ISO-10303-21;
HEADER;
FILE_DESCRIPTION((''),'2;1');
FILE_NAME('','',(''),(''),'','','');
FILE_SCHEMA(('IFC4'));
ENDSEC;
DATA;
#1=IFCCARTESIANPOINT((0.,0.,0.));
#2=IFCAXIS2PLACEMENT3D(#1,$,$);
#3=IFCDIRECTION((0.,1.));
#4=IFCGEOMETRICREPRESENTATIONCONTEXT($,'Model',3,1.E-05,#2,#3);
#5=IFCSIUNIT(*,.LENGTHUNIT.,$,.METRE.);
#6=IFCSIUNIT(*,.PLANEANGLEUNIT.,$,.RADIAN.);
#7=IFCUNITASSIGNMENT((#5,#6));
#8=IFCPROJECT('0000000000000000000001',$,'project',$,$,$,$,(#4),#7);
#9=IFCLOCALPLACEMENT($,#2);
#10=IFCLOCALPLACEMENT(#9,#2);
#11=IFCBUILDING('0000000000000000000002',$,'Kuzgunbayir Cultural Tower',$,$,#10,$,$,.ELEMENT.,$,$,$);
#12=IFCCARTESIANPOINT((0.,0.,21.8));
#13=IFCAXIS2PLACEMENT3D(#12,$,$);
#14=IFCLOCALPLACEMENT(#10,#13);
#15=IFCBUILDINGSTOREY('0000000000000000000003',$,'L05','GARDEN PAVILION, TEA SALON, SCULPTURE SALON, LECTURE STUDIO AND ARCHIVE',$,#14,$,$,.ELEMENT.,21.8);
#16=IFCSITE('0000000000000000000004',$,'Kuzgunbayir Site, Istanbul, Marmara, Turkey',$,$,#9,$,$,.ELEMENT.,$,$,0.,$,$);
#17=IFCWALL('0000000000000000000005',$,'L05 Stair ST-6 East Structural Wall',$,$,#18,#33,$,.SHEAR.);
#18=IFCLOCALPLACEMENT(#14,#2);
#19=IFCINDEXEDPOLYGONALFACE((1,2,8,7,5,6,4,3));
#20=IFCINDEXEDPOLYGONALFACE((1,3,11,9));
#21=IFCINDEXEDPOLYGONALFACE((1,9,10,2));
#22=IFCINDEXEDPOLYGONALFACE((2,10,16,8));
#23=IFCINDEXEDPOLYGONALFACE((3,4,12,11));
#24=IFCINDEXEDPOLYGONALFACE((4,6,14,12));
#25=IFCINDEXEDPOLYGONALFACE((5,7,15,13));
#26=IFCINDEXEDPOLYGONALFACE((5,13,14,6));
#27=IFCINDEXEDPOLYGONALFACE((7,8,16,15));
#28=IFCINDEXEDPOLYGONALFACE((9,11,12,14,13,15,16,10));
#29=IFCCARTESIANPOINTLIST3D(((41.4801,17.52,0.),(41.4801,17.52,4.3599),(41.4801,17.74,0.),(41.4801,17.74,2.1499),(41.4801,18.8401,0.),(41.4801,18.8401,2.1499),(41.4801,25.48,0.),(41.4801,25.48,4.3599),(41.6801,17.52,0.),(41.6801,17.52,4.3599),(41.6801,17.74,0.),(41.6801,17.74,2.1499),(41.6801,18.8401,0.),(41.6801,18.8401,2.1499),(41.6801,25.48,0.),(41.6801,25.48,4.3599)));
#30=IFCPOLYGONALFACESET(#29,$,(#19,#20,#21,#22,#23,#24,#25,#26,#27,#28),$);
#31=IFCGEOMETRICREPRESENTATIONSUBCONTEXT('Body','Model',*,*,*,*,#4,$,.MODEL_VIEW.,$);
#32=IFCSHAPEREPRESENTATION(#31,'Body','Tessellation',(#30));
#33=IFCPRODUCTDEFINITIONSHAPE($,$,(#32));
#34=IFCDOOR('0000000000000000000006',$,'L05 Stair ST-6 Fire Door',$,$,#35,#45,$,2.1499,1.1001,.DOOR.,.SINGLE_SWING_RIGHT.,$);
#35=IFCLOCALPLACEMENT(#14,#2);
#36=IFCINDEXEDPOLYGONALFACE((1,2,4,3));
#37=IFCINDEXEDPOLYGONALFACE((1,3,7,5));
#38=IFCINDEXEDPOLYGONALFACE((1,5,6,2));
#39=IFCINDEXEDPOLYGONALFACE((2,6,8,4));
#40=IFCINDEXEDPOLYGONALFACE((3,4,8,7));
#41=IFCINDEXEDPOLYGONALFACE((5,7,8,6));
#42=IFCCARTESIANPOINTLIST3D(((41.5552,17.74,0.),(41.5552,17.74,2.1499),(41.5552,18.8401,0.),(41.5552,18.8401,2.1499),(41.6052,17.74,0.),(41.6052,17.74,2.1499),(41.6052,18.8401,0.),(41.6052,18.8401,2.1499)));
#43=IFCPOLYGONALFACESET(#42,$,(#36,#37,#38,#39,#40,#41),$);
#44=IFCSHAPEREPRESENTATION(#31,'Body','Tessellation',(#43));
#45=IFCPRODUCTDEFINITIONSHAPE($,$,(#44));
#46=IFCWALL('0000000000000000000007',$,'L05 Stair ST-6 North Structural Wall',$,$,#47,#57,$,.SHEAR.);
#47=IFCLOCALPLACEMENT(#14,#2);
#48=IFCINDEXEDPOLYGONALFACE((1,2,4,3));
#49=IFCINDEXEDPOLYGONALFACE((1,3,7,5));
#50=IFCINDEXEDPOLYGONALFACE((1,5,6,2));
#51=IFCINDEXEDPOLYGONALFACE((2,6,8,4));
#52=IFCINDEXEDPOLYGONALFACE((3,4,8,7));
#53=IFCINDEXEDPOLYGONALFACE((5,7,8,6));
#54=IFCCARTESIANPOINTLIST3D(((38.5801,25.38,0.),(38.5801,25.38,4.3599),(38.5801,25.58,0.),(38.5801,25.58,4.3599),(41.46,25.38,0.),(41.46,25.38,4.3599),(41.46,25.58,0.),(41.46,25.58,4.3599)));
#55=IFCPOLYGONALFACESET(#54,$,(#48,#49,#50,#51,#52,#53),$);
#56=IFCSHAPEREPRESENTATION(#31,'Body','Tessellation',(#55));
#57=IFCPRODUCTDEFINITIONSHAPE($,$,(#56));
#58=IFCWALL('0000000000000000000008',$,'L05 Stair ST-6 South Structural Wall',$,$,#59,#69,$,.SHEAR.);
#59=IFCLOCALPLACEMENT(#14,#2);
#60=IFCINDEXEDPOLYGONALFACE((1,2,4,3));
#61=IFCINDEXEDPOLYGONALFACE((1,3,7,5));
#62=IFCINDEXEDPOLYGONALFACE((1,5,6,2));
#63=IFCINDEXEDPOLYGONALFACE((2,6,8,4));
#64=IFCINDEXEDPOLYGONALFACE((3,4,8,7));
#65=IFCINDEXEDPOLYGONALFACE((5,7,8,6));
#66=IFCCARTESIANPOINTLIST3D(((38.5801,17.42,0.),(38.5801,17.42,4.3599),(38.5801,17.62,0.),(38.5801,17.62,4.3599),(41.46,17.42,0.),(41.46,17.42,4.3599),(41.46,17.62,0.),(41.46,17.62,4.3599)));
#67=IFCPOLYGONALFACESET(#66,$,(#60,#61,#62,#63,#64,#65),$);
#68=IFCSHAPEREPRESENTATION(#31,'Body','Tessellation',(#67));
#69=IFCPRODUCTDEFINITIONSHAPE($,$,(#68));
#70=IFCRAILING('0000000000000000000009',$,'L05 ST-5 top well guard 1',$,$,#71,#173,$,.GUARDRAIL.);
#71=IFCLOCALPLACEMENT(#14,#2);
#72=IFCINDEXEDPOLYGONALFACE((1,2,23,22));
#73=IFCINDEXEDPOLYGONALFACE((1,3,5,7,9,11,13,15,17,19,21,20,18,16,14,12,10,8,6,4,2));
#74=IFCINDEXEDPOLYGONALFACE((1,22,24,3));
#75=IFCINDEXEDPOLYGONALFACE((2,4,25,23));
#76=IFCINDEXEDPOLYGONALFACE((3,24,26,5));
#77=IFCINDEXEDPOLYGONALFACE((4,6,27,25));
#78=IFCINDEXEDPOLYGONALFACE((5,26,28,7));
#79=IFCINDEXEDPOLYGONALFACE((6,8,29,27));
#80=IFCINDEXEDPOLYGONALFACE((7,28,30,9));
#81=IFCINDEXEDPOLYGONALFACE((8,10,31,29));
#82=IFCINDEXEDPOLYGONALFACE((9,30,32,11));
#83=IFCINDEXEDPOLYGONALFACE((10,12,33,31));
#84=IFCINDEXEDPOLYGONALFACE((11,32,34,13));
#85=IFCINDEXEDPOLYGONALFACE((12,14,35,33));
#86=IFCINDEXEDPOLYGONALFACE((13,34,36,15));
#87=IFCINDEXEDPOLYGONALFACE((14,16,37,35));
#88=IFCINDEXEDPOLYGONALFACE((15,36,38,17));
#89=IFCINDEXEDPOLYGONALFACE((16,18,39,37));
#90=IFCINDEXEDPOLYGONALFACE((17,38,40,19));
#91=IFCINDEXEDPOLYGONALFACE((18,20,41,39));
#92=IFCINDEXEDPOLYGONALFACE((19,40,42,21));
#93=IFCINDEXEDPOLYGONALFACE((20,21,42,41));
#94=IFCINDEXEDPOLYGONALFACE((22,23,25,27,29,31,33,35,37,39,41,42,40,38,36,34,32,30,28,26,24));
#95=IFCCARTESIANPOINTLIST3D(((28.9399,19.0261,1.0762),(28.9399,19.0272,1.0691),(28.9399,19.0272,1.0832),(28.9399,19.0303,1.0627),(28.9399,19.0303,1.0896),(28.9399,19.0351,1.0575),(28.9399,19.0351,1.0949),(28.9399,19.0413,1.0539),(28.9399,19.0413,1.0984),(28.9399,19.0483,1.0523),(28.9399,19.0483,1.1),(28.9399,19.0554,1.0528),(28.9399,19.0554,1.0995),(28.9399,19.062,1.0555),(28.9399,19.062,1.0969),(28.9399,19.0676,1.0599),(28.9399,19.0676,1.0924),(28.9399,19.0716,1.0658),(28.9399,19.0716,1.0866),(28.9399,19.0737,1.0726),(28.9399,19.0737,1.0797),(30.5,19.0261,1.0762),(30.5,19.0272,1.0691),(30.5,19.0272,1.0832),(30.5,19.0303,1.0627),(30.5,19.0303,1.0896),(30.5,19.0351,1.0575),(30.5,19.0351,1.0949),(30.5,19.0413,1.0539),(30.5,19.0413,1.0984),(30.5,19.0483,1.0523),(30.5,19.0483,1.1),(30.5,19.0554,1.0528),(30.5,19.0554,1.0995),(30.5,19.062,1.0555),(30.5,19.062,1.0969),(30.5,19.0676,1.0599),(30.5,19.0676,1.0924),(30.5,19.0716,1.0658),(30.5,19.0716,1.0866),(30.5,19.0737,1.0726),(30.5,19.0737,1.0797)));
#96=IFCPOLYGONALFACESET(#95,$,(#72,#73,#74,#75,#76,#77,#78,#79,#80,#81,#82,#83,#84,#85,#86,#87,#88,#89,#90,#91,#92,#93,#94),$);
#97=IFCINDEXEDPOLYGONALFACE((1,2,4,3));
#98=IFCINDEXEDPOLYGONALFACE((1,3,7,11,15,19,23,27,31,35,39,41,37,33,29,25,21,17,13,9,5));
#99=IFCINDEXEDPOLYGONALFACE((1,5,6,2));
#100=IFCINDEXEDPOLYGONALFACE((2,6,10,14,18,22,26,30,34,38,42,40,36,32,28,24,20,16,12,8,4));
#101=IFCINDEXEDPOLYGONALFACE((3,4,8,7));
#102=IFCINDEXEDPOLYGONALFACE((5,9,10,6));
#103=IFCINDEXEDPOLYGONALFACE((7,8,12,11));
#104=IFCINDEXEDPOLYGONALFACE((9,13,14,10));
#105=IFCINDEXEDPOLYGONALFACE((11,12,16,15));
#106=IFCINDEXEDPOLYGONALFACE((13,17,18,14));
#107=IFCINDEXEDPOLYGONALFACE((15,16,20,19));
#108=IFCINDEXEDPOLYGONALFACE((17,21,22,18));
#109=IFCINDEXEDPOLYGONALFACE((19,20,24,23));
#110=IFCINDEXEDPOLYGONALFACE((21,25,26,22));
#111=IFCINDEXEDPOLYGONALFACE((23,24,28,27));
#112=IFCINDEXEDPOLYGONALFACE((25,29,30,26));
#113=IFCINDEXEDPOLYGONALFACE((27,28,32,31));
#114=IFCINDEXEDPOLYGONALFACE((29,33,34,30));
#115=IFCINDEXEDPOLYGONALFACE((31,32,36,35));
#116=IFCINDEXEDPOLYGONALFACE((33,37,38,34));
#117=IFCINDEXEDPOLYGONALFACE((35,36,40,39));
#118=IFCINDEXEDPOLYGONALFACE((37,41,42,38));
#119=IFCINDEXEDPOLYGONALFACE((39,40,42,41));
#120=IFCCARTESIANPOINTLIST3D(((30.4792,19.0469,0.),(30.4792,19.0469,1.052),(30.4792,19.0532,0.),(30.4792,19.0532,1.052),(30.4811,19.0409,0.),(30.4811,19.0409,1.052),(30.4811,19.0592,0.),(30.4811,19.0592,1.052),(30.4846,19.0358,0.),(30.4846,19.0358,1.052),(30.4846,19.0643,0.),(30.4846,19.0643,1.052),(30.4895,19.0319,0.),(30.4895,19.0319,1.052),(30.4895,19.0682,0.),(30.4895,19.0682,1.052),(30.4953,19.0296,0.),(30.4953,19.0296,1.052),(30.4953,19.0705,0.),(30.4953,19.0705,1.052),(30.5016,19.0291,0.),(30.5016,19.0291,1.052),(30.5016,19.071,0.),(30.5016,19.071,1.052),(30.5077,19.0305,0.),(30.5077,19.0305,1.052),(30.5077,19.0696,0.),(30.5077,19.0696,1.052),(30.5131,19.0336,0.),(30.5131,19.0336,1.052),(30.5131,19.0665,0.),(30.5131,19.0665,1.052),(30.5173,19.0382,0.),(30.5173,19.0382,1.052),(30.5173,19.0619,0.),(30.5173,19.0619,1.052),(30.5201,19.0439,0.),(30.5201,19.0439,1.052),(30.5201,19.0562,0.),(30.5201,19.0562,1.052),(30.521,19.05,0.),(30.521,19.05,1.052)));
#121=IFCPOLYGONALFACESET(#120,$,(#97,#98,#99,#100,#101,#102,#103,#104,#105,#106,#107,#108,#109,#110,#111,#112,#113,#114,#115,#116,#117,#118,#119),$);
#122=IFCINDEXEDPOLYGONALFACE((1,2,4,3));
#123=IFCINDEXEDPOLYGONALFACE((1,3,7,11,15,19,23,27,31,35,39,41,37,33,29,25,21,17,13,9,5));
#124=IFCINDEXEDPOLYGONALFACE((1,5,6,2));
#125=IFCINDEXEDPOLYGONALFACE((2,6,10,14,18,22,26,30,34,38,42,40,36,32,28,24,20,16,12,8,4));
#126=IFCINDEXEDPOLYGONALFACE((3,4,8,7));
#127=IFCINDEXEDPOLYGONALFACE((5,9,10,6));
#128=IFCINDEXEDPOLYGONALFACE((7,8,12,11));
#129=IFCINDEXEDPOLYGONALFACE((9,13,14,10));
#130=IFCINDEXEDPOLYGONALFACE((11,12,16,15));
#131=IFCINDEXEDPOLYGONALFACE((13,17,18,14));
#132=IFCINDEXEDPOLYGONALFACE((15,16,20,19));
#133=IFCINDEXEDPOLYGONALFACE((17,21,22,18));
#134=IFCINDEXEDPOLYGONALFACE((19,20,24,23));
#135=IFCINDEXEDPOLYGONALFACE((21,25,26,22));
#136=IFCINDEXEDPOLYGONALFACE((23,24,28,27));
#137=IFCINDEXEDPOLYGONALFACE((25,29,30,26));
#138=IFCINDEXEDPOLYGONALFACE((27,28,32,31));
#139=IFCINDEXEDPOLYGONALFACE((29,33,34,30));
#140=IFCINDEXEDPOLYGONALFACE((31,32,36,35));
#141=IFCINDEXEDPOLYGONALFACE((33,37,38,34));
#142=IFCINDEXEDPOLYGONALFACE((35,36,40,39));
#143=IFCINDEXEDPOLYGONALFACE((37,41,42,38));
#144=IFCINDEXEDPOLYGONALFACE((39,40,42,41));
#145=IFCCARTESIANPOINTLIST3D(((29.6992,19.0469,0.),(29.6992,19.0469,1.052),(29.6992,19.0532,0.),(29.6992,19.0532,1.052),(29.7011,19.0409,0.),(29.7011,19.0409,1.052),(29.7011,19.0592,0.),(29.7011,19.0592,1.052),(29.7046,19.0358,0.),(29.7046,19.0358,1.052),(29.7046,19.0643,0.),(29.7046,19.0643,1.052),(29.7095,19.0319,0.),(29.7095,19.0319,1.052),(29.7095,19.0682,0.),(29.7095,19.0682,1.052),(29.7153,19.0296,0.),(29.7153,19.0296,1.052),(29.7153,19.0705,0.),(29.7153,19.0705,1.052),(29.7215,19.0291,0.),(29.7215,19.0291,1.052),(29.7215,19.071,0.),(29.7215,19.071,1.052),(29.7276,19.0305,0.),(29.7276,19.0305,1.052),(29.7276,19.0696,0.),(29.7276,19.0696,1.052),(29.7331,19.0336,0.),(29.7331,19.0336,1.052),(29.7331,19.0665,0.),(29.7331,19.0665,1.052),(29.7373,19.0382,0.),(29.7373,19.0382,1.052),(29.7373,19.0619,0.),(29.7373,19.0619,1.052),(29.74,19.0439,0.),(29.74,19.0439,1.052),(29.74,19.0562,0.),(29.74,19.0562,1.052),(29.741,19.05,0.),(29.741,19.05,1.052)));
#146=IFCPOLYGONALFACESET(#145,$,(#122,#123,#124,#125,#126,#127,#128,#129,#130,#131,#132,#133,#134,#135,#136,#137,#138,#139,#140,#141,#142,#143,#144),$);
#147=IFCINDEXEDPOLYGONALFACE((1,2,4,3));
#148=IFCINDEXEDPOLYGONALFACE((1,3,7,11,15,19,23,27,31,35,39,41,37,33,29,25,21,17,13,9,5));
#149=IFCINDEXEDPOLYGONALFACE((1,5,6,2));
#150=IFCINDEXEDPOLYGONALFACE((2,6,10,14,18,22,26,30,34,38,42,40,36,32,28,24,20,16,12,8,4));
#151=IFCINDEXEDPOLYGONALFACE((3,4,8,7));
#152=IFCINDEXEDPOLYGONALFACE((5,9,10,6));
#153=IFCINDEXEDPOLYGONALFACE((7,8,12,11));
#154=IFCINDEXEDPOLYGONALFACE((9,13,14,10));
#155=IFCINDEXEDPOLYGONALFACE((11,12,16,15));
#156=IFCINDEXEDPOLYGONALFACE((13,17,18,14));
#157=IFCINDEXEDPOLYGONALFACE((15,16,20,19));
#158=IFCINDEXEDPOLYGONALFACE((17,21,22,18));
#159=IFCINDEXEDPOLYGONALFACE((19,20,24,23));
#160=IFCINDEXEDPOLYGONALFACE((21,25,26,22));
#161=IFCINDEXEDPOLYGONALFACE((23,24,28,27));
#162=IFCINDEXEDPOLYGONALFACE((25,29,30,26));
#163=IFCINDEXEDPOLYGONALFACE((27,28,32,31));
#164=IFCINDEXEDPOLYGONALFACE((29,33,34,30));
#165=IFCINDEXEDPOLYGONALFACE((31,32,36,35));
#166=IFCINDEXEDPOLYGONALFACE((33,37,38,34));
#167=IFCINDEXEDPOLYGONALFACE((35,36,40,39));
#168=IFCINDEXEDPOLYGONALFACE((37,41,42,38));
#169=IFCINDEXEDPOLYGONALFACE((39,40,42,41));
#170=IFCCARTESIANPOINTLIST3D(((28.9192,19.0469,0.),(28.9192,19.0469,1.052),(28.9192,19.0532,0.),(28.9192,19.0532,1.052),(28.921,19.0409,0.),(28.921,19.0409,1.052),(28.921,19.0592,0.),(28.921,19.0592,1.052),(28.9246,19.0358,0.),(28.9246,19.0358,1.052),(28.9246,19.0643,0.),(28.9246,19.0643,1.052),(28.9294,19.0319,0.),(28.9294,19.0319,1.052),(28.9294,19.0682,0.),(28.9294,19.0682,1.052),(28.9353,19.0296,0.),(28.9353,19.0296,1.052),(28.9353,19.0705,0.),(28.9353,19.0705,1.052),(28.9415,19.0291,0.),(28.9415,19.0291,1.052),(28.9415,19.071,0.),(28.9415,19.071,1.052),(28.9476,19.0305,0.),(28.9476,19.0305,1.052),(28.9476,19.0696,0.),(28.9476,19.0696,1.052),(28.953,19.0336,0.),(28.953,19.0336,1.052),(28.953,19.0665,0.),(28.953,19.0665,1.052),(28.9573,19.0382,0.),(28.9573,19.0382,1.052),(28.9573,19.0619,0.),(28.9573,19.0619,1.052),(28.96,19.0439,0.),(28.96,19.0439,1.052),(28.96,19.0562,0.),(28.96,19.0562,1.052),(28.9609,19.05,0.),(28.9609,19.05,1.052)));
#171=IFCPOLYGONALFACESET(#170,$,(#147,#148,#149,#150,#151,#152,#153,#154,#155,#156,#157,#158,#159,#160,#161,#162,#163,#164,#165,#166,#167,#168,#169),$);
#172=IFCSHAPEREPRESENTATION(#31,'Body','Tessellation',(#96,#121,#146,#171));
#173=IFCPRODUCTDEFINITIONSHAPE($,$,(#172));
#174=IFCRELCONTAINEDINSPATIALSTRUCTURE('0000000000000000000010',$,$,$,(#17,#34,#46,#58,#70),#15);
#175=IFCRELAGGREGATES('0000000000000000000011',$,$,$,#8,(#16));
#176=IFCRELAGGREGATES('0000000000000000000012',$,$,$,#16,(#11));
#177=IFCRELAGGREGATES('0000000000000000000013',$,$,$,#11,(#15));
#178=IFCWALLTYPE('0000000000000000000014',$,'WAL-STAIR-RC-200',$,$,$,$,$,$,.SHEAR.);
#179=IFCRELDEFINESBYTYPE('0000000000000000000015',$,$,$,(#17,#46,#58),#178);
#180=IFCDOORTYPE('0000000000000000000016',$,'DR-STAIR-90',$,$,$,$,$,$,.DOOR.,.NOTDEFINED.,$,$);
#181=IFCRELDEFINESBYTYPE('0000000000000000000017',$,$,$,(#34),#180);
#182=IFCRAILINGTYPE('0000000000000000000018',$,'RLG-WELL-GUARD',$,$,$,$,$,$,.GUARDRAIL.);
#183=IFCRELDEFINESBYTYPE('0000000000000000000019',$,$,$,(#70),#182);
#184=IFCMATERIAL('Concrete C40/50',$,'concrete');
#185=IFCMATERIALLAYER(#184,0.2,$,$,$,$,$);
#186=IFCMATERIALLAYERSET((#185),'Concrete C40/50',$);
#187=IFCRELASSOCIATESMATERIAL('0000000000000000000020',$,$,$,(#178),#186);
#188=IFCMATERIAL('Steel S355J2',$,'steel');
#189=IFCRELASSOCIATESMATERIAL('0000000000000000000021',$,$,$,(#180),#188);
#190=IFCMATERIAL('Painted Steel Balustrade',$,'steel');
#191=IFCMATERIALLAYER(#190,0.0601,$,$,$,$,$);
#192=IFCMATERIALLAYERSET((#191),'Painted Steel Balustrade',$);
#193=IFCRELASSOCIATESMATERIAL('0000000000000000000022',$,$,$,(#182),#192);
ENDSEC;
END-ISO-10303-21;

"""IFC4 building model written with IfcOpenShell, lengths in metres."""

from ifc_helpers import new_model, si_unit, direction, frame, frame_2d, origin, origin_2d, place, context, subcontext, project, spatial, rectangle, circle, extrude, material, layer, layer_set, type_object, element, fill, save


model = new_model("IFC4")

# Units and contexts
model_context = context("Model", 3, precision=1e-05, world=origin(), true_north=direction((0.0, 1.0)))
body_context = subcontext(model_context, "Body", "Model", "MODEL_VIEW")
ifc_project = project(units=[si_unit("LENGTHUNIT", "METRE"), si_unit("PLANEANGLEUNIT", "RADIAN")], contexts=[model_context])

# Site, building, storey
site_placement = place(None, origin())
site = spatial("IfcSite", under=ifc_project, at=site_placement, Name="Kuzgunbayir Site, Istanbul, Marmara, Turkey", CompositionType="ELEMENT", RefElevation=0.0)
building_placement = place(site_placement, origin())
building = spatial("IfcBuilding", under=site, at=building_placement, Name="Kuzgunbayir Cultural Tower", CompositionType="ELEMENT")
storey_placement = place(building_placement, frame((0.0, 0.0, 21.8)))
storey = spatial("IfcBuildingStorey", under=building, at=storey_placement, Name="L05", Description="GARDEN PAVILION, TEA SALON, SCULPTURE SALON, LECTURE STUDIO AND ARCHIVE", CompositionType="ELEMENT", Elevation=21.8)

# Shared definitions
ifc_material_1 = material(Name="Steel S355J2", Category="steel")

# Shared definitions
ifc_material_2 = material(Name="Concrete C40/50", Category="concrete")
ifc_layer_1 = layer(ifc_material_2, 0.2)
ifc_layer_set_1 = layer_set([ifc_layer_1], Name="Concrete C40/50")
wall_type_1 = type_object("IfcWallType", Name="WAL-STAIR-RC-200", PredefinedType="SHEAR", material=ifc_layer_set_1)
door_type_1 = type_object("IfcDoorType", Name="DR-STAIR-90", OperationType="NOTDEFINED", PredefinedType="DOOR", material=ifc_material_1)

# Wall, opening, door
wall_1_placement = place(storey_placement, frame((41.5801, 17.52, 0.0), z_axis=(0.0, 0.0, 1.0), x_axis=(0.0, 1.0, 0.0)))
wall_1 = element("IfcWall", 1, at=wall_1_placement, inside=storey, type_object=wall_type_1, Name="L05 Stair ST-6 East Structural Wall", PredefinedType="SHEAR", context=body_context, shape_type="SweptSolid", body=[
    extrude(rectangle(XDim=7.96, YDim=0.2, at=frame_2d((3.98, 0.0))), origin(), (0.0, 0.0, 1.0), 4.3599),
])
opening_1_placement = place(wall_1_placement, frame((0.22, 0.0, 0.0)))
opening_1 = element("IfcOpeningElement", 2, at=opening_1_placement, cuts=wall_1, PredefinedType="OPENING", context=body_context, shape_type="SweptSolid", body=[
    extrude(rectangle(XDim=1.1001, YDim=2.1499, at=frame_2d((0.55, 1.075))), frame((0.0, 0.1099, 0.0), z_axis=(0.0, -1.0, 0.0), x_axis=(1.0, 0.0, 0.0)), (0.0, 0.0, 1.0), 0.22),
])
door_1_placement = place(opening_1_placement, origin())
door_1 = element("IfcDoor", 3, at=door_1_placement, inside=storey, type_object=door_type_1, Name="L05 Stair ST-6 Fire Door", OperationType="SINGLE_SWING_RIGHT", OverallHeight=2.1499, OverallWidth=1.1001, PredefinedType="DOOR", context=body_context, shape_type="SweptSolid", body=[
    extrude(rectangle(XDim=1.1001, YDim=2.1499, at=frame_2d((0.55, 1.075))), frame((0.0, 0.0249, 0.0), z_axis=(0.0, -1.0, 0.0), x_axis=(1.0, 0.0, 0.0)), (0.0, 0.0, 1.0), 0.05),
])
fill(opening_1, door_1)

# Walls
for number, where, z_axis, x_axis, name in (
    (4, (38.5801, 25.48, 0.0), (0.0, 0.0, 1.0), (1.0, 0.0, 0.0), "L05 Stair ST-6 North Structural Wall"),
    (5, (38.5801, 17.52, 0.0), (0.0, 0.0, 1.0), (1.0, 0.0, 0.0), "L05 Stair ST-6 South Structural Wall"),
):
    element("IfcWall", number, at=place(storey_placement, frame(where, z_axis=z_axis, x_axis=x_axis)), inside=storey, type_object=wall_type_1, Name=name, PredefinedType="SHEAR", context=body_context, shape_type="SweptSolid", body=[
        extrude(rectangle(XDim=2.8799, YDim=0.2, at=frame_2d((1.4399, 0.0))), origin(), (0.0, 0.0, 1.0), 4.3599),
    ])

# Railing
ifc_material_3 = material(Name="Painted Steel Balustrade", Category="steel")
ifc_layer_2 = layer(ifc_material_3, 0.0601)
ifc_layer_set_2 = layer_set([ifc_layer_2], Name="Painted Steel Balustrade")
railing_type = type_object("IfcRailingType", Name="RLG-WELL-GUARD", PredefinedType="GUARDRAIL", material=ifc_layer_set_2)
for number, where, name in (
    (6, (30.5, 19.05, 0.0), "L05 ST-5 top well guard 1"),
):
    element("IfcRailing", number, at=place(storey_placement, frame(where)), inside=storey, type_object=railing_type, Name=name, PredefinedType="GUARDRAIL", context=body_context, shape_type="SweptSolid", body=[
        extrude(circle(Radius=0.0239, at=origin_2d()), frame((0.0, 0.0, 1.0762), z_axis=(-1.0, 0.0, 0.0), x_axis=(0.0, -1.0, 0.0)), (0.0, 0.0, 1.0), 1.5601),
        extrude(circle(Radius=0.021, at=origin_2d()), origin(), (0.0, 0.0, 1.0), 1.052),
        extrude(circle(Radius=0.021, at=origin_2d()), frame((-0.78, 0.0, 0.0)), (0.0, 0.0, 1.0), 1.052),
        extrude(circle(Radius=0.021, at=origin_2d()), frame((-1.5601, 0.0, 0.0)), (0.0, 0.0, 1.0), 1.052),
    ])

save(model, "model.ifc")
